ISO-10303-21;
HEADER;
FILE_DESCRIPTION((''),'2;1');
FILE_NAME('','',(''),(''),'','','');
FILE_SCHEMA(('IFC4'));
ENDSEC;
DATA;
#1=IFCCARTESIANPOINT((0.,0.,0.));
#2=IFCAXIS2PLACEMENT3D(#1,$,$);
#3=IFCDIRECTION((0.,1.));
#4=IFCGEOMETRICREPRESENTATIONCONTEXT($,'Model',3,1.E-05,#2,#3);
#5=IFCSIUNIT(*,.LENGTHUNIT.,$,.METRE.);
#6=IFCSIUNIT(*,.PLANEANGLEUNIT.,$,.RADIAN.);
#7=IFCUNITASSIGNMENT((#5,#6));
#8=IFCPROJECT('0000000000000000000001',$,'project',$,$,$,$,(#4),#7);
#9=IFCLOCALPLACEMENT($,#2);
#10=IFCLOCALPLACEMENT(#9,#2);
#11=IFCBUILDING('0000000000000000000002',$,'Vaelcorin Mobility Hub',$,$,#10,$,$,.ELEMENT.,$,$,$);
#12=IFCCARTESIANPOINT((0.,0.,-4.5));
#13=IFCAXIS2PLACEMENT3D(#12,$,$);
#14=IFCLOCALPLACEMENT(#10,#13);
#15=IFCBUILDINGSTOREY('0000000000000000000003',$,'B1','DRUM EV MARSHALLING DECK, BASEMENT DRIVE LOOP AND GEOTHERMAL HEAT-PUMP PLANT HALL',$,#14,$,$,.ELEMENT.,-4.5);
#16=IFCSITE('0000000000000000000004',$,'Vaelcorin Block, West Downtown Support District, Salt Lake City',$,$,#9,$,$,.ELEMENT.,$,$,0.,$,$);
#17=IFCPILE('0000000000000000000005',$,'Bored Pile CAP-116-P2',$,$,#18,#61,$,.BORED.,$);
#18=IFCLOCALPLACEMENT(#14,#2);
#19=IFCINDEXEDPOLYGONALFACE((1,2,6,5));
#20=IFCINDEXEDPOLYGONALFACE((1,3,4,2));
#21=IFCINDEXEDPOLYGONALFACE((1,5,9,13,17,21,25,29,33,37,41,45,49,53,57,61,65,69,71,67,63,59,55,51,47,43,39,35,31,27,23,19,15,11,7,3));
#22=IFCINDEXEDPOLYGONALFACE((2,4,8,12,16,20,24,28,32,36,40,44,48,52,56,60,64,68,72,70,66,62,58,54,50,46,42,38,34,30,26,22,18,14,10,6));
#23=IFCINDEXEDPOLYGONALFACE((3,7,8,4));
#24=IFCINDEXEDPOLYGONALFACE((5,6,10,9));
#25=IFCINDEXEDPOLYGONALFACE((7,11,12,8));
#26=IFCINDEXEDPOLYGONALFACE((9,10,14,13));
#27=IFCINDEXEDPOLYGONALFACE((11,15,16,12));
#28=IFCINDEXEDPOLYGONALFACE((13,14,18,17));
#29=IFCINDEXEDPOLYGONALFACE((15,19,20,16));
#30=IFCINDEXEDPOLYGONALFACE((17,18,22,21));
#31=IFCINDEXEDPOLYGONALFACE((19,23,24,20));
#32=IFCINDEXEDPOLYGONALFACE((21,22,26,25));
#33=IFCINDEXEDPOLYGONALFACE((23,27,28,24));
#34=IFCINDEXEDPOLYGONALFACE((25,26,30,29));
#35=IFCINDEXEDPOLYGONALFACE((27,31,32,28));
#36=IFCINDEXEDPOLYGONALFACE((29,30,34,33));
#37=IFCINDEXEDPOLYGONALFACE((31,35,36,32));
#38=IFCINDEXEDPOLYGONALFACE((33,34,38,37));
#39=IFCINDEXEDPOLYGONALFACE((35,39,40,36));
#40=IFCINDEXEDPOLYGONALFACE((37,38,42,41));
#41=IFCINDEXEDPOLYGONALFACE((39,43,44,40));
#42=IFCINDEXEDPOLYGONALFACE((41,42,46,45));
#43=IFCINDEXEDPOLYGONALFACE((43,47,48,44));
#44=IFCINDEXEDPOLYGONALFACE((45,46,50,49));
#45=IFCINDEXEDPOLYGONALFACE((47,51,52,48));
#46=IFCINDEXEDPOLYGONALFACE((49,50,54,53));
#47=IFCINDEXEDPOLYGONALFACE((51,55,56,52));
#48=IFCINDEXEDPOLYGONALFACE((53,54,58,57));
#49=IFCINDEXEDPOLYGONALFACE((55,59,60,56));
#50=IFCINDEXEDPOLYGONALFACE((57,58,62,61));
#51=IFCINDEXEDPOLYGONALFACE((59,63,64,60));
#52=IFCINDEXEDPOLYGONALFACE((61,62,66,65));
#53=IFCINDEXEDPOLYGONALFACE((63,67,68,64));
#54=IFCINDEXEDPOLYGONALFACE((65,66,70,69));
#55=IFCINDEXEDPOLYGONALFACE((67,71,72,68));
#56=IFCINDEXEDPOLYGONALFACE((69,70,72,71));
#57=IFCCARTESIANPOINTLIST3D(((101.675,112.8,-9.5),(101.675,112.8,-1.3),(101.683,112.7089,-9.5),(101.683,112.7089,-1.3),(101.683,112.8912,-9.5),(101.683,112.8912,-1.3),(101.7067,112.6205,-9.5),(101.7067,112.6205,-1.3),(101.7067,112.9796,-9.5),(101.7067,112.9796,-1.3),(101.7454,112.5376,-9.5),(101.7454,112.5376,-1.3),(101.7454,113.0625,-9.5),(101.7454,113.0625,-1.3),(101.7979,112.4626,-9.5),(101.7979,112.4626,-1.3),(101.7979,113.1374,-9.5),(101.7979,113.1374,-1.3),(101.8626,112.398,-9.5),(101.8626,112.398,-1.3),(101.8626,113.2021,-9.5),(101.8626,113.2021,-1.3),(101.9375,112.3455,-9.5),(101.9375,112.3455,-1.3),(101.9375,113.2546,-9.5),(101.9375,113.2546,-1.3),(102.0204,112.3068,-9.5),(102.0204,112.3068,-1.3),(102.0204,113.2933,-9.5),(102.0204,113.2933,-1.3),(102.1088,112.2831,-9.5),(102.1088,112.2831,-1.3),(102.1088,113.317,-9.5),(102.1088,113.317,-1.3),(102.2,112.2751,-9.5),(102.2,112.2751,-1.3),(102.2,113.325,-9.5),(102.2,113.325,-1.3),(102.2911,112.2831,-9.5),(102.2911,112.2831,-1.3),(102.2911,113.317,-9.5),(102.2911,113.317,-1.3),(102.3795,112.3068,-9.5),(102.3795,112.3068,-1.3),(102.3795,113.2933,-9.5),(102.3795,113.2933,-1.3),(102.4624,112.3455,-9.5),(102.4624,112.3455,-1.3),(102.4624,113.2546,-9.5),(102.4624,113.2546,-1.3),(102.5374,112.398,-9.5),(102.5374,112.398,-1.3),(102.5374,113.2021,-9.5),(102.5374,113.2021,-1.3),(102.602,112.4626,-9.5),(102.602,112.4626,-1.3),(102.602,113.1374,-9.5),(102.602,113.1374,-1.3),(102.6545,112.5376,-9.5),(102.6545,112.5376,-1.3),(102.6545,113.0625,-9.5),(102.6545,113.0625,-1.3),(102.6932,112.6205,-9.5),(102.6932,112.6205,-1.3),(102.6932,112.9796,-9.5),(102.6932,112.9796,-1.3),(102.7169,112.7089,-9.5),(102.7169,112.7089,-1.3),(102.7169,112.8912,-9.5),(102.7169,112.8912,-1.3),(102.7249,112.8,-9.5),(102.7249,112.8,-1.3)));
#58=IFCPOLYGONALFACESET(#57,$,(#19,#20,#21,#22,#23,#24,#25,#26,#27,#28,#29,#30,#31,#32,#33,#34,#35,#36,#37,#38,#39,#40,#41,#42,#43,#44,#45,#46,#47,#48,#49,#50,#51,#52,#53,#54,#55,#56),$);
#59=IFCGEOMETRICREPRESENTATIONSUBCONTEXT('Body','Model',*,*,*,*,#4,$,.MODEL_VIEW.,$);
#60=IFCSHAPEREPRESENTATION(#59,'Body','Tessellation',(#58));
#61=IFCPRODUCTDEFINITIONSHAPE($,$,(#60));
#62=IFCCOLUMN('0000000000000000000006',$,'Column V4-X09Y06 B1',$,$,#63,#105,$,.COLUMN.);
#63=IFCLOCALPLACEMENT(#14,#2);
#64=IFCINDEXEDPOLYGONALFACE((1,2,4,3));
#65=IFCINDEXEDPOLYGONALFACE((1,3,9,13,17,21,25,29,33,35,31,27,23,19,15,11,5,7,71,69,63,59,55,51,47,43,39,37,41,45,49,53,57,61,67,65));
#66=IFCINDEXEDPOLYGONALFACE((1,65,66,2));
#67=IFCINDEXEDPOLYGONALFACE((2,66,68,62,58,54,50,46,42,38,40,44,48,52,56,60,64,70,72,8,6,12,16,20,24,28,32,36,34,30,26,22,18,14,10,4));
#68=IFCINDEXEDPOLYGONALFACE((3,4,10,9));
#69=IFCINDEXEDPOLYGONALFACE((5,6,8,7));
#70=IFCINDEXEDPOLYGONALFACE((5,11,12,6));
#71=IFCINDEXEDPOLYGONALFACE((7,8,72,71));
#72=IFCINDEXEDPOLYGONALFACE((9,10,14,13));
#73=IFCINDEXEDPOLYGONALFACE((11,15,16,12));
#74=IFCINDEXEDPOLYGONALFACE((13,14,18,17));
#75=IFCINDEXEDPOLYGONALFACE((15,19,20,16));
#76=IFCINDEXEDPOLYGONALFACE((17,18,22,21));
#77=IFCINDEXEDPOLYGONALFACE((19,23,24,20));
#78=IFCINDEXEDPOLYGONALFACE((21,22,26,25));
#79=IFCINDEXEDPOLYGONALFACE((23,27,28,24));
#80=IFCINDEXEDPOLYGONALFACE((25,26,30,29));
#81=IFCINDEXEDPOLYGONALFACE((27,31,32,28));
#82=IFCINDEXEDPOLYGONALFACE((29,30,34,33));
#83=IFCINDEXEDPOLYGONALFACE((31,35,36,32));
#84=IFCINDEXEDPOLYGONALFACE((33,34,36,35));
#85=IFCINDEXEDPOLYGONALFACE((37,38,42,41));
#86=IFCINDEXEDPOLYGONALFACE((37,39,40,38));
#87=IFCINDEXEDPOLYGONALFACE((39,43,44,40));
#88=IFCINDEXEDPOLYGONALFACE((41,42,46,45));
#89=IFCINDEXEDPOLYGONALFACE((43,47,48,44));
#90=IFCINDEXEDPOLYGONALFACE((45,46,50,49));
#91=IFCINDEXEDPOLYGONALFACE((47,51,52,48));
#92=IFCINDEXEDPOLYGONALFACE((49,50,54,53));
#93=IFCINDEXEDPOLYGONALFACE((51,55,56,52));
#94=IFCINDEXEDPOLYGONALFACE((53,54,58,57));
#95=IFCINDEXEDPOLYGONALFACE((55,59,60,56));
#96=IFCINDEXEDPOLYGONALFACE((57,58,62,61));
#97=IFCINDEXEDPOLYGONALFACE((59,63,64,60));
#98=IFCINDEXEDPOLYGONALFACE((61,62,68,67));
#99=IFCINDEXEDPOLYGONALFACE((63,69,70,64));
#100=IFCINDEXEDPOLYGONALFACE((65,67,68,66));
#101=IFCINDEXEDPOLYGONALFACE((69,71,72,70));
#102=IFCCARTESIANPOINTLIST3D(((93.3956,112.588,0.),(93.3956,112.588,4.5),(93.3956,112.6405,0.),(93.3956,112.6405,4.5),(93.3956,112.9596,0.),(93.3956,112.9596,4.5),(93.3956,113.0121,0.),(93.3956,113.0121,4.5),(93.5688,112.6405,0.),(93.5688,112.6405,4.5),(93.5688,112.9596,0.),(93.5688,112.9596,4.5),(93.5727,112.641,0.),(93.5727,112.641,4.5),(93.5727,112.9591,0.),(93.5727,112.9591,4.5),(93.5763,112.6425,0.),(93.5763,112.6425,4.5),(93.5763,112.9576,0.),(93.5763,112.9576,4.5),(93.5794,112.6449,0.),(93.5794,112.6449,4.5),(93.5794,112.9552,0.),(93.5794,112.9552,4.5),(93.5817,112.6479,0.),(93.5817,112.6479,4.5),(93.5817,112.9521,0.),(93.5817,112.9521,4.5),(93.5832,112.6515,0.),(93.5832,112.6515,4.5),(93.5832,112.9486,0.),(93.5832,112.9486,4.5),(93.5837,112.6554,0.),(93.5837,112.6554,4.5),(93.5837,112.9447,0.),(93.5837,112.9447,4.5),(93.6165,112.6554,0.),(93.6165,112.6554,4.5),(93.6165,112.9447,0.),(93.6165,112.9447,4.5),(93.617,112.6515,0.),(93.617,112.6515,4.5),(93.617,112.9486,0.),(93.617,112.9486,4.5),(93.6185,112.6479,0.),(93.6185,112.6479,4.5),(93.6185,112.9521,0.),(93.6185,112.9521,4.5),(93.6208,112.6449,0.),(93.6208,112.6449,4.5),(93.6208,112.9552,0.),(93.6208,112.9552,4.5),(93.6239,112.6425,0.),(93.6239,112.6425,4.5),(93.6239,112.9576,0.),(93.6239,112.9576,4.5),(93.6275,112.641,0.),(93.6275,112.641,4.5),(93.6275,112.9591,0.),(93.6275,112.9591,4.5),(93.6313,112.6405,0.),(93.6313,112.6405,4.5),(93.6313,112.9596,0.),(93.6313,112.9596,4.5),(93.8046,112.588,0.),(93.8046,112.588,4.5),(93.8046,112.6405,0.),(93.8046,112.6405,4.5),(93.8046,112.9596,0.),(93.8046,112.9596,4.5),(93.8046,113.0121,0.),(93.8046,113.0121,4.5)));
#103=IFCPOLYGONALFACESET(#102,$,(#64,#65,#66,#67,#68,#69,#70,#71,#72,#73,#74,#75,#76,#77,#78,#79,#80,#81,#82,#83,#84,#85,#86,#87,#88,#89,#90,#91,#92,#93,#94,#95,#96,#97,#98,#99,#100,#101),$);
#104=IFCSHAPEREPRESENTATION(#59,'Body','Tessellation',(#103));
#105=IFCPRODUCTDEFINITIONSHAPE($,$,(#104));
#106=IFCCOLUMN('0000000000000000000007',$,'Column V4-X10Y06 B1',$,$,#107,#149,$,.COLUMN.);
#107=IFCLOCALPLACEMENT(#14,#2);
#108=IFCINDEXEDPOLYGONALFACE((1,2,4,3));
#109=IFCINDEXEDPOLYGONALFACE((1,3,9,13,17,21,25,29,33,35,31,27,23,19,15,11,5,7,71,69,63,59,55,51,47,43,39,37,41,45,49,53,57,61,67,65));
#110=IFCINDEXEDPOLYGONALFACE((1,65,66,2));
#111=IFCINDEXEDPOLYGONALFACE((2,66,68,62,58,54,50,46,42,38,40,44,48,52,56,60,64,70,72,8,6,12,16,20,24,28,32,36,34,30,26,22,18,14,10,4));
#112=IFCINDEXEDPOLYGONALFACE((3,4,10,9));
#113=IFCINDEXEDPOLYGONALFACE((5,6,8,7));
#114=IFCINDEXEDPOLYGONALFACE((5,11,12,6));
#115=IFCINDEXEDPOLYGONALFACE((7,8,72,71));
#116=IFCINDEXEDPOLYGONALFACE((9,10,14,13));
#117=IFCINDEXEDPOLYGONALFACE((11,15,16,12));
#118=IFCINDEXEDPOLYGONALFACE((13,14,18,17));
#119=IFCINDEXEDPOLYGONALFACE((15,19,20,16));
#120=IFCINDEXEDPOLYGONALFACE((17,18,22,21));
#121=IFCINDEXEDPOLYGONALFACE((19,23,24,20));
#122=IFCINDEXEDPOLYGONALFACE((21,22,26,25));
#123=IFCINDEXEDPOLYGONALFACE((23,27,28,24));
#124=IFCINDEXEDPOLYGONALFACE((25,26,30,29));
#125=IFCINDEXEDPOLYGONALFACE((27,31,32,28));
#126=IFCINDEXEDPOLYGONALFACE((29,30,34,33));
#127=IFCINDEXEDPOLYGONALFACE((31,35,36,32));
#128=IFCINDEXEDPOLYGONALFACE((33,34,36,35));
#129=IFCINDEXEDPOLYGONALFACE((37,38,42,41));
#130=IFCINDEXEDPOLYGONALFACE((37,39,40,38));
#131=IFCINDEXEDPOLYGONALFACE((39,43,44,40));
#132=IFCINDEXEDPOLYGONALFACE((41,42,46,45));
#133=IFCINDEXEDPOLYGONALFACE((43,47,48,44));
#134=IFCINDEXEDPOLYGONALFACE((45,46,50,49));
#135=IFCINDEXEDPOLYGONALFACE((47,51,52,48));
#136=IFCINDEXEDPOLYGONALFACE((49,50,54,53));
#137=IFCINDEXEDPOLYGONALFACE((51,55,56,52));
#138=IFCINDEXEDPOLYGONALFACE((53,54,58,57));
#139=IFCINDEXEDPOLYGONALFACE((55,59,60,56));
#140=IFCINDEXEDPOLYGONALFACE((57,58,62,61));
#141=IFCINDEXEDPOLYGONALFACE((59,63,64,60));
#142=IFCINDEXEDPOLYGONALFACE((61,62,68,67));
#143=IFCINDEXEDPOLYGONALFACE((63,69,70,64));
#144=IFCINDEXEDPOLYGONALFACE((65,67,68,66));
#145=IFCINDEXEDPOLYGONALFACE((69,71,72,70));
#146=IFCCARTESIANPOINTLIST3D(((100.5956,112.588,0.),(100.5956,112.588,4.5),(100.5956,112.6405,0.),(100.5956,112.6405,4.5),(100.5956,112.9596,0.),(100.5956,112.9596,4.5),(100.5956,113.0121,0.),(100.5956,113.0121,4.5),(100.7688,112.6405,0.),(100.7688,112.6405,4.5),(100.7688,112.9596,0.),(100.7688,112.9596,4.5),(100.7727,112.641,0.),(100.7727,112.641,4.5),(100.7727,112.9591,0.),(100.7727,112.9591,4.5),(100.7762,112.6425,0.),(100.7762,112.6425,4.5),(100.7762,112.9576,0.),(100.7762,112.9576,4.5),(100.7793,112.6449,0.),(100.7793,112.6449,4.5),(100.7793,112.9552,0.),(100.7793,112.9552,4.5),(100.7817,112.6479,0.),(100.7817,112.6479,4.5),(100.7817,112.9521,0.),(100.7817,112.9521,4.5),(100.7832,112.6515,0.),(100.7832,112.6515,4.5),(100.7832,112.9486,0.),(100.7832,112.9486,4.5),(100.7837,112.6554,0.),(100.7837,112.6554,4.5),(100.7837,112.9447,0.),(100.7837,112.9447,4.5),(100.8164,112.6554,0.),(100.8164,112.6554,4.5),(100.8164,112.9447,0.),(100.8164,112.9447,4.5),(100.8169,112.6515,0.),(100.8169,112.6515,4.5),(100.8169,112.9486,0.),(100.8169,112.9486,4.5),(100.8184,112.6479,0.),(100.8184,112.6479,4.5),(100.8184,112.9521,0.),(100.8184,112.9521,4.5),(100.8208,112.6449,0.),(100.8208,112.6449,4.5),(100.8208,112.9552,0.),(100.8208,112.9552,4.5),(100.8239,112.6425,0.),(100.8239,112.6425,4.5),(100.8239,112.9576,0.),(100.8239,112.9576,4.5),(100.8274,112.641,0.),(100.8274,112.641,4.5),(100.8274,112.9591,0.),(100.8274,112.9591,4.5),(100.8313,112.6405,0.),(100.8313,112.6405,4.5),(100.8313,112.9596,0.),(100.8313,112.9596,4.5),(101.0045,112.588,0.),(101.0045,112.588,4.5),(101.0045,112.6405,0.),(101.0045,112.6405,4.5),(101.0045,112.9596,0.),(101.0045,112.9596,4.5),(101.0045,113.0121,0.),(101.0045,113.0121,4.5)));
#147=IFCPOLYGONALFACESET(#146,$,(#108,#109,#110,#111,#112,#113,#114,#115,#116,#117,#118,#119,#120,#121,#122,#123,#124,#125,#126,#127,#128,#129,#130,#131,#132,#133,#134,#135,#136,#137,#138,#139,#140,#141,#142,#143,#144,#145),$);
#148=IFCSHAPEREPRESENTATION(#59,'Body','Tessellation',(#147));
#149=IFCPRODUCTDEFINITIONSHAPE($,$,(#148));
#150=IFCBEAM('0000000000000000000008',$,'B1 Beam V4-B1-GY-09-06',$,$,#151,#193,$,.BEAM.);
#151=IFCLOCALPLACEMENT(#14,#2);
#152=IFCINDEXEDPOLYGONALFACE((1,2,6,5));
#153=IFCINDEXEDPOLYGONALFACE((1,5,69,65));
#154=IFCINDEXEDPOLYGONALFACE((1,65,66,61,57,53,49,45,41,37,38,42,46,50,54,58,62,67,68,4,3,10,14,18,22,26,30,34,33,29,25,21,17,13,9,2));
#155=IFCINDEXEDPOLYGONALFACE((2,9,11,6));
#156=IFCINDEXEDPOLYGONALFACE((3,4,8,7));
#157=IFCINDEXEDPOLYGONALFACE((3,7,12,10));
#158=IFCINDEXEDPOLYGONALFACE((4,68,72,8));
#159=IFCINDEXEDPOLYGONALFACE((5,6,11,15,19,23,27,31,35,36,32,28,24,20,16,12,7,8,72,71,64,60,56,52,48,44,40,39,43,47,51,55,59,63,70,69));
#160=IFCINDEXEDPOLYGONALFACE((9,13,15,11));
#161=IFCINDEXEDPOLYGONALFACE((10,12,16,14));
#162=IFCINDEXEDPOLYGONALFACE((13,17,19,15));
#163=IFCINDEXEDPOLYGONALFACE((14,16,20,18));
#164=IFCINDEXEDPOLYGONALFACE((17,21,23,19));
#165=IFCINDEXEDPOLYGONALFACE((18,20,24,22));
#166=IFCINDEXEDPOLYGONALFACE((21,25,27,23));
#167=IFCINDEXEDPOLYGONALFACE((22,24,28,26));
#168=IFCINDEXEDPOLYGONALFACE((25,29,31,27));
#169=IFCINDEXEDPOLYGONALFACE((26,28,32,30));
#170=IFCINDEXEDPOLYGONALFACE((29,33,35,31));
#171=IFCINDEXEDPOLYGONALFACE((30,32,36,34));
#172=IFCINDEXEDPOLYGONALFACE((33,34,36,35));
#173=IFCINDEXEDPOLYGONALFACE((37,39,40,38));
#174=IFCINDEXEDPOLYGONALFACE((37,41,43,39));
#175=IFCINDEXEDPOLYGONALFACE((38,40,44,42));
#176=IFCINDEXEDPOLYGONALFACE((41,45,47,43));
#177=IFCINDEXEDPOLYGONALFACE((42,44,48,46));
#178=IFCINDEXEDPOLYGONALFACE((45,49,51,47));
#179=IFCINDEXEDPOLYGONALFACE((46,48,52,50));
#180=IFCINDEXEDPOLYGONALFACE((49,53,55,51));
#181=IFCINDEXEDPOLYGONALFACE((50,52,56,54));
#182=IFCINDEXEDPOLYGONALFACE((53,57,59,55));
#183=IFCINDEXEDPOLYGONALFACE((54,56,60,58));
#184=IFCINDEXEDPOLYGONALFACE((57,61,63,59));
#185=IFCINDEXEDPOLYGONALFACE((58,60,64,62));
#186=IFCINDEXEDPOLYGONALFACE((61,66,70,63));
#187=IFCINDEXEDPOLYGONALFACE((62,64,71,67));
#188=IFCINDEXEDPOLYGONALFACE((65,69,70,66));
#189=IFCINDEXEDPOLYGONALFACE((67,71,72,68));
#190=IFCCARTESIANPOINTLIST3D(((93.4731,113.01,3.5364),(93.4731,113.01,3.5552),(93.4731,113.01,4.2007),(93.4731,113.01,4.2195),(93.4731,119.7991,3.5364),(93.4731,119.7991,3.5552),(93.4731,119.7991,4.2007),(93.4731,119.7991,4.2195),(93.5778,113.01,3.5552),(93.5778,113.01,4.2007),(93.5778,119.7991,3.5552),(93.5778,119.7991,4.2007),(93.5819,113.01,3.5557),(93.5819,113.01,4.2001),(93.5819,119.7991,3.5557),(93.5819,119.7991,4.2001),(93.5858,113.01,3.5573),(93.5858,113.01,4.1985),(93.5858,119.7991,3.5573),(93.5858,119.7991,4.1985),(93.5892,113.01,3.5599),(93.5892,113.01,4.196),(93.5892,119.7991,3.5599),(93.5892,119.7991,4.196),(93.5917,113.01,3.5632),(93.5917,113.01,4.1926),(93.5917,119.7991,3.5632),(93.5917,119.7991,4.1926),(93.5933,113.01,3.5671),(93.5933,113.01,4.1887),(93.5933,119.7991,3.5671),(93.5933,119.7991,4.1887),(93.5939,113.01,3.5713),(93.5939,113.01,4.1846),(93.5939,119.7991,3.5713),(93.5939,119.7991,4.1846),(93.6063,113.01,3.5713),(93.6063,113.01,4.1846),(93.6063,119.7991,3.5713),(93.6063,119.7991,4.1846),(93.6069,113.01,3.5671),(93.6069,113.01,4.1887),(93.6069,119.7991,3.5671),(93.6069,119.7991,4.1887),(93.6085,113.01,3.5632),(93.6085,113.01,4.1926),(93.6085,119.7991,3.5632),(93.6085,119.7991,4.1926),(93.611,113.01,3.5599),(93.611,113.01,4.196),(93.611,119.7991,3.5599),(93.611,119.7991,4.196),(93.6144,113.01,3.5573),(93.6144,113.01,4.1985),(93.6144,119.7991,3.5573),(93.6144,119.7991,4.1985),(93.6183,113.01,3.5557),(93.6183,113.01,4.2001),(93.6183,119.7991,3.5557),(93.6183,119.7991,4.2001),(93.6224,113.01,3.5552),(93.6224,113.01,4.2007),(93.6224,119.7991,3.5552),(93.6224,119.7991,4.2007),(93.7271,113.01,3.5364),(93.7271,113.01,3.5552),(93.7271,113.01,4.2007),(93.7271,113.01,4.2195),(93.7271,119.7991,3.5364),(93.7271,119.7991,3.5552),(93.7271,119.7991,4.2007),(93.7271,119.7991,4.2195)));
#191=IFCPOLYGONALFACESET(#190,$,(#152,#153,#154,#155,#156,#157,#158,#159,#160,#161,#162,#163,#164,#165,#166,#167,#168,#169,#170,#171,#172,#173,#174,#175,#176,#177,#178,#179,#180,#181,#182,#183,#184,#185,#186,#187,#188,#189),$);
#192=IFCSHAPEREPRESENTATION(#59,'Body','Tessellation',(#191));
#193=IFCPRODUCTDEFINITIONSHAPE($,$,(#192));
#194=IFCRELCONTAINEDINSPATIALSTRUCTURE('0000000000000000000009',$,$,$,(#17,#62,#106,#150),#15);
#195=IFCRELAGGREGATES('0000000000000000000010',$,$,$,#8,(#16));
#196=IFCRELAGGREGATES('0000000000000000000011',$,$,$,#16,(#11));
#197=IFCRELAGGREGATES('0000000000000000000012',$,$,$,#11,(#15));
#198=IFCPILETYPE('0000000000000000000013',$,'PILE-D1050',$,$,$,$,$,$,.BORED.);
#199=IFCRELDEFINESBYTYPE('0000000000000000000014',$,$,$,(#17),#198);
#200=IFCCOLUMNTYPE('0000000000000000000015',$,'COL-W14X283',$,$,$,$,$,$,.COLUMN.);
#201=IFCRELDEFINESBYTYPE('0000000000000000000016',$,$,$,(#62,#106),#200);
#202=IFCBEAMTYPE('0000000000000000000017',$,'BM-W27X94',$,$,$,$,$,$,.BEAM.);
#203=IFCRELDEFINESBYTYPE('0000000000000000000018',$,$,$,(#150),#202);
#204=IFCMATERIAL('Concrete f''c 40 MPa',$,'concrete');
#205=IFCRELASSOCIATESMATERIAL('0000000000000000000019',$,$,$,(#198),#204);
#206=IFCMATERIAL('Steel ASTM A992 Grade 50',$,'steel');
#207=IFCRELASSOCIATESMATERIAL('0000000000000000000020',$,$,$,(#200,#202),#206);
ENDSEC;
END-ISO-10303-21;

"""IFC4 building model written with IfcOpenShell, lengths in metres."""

from ifc_helpers import new_model, si_unit, direction, frame, origin, origin_2d, place, context, subcontext, project, spatial, circle, i_section, extrude, material, material_profile, profile_set, type_object, element, save


model = new_model("IFC4")

# Units and contexts
model_context = context("Model", 3, precision=1e-05, world=origin(), true_north=direction((0.0, 1.0)))
body_context = subcontext(model_context, "Body", "Model", "MODEL_VIEW")
ifc_project = project(units=[si_unit("LENGTHUNIT", "METRE"), si_unit("PLANEANGLEUNIT", "RADIAN")], contexts=[model_context])

# Site, building, storey
site_placement = place(None, origin())
site = spatial("IfcSite", under=ifc_project, at=site_placement, Name="Vaelcorin Block, West Downtown Support District, Salt Lake City", CompositionType="ELEMENT", RefElevation=0.0)
building_placement = place(site_placement, origin())
building = spatial("IfcBuilding", under=site, at=building_placement, Name="Vaelcorin Mobility Hub", CompositionType="ELEMENT")
storey_placement = place(building_placement, frame((0.0, 0.0, -4.5)))
storey = spatial("IfcBuildingStorey", under=building, at=storey_placement, Name="B1", Description="DRUM EV MARSHALLING DECK, BASEMENT DRIVE LOOP AND GEOTHERMAL HEAT-PUMP PLANT HALL", CompositionType="ELEMENT", Elevation=-4.5)

# Shared definitions
ifc_material_1 = material(Name="Concrete f'c 40 MPa", Category="concrete")

# Pile
ifc_material_profile_1 = material_profile(ifc_material_1, circle(Radius=0.5249, at=origin_2d()), Name="BP-D1050")
ifc_profile_set_1 = profile_set([ifc_material_profile_1], Name="Concrete f'c 40 MPa")
pile_type = type_object("IfcPileType", Name="PILE-D1050", PredefinedType="BORED", material=ifc_profile_set_1)
for number, where, z_axis, x_axis, name in (
    (1, (102.2, 112.8, -1.3), (0.0, 0.0, -1.0), (1.0, 0.0, 0.0), "Bored Pile CAP-116-P2"),
):
    element("IfcPile", number, at=place(storey_placement, frame(where, z_axis=z_axis, x_axis=x_axis)), inside=storey, type_object=pile_type, Name=name, PredefinedType="BORED", context=body_context, shape_type="SweptSolid", body=[
        extrude(circle(Radius=0.5249, at=origin_2d()), origin(), (0.0, 0.0, 1.0), 8.2),
    ])

# Columns
ifc_material_2 = material(Name="Steel ASTM A992 Grade 50", Category="steel")
ifc_material_profile_2 = material_profile(ifc_material_2, i_section(OverallWidth=0.4089, OverallDepth=0.4241, WebThickness=0.0327, FlangeThickness=0.0525, FilletRadius=0.0149, at=origin_2d()), Name="W14X283")
ifc_profile_set_2 = profile_set([ifc_material_profile_2], Name="Steel ASTM A992 Grade 50")
column_type = type_object("IfcColumnType", Name="COL-W14X283", PredefinedType="COLUMN", material=ifc_profile_set_2)
for number, where, z_axis, x_axis, name in (
    (2, (93.6001, 112.8, 0.0), (0.0, 0.0, 1.0), (1.0, 0.0, 0.0), "Column V4-X09Y06 B1"),
    (3, (100.8, 112.8, 0.0), (0.0, 0.0, 1.0), (1.0, 0.0, 0.0), "Column V4-X10Y06 B1"),
):
    element("IfcColumn", number, at=place(storey_placement, frame(where, z_axis=z_axis, x_axis=x_axis)), inside=storey, type_object=column_type, Name=name, PredefinedType="COLUMN", context=body_context, shape_type="SweptSolid", body=[
        extrude(i_section(OverallWidth=0.4089, OverallDepth=0.4241, WebThickness=0.0327, FlangeThickness=0.0525, FilletRadius=0.0149, at=origin_2d()), origin(), (0.0, 0.0, 1.0), 4.5),
    ])

# Beam
ifc_material_profile_3 = material_profile(ifc_material_2, i_section(OverallWidth=0.2539, OverallDepth=0.6831, WebThickness=0.0125, FlangeThickness=0.0188, FilletRadius=0.0161, at=origin_2d()), Name="W27X94")
ifc_profile_set_3 = profile_set([ifc_material_profile_3], Name="Steel ASTM A992 Grade 50")
beam_type_1 = type_object("IfcBeamType", Name="BM-W27X94", PredefinedType="BEAM", material=ifc_profile_set_3)
for number, where, z_axis, x_axis, name in (
    (4, (93.6001, 113.01, 3.8779), (0.0, 1.0, 0.0), (-1.0, 0.0, 0.0), "B1 Beam V4-B1-GY-09-06"),
):
    element("IfcBeam", number, at=place(storey_placement, frame(where, z_axis=z_axis, x_axis=x_axis)), inside=storey, type_object=beam_type_1, Name=name, PredefinedType="BEAM", context=body_context, shape_type="SweptSolid", body=[
        extrude(i_section(OverallWidth=0.2539, OverallDepth=0.6831, WebThickness=0.0125, FlangeThickness=0.0188, FilletRadius=0.0161, at=origin_2d()), origin(), (0.0, 0.0, 1.0), 6.7891),
    ])

save(model, "model.ifc")
